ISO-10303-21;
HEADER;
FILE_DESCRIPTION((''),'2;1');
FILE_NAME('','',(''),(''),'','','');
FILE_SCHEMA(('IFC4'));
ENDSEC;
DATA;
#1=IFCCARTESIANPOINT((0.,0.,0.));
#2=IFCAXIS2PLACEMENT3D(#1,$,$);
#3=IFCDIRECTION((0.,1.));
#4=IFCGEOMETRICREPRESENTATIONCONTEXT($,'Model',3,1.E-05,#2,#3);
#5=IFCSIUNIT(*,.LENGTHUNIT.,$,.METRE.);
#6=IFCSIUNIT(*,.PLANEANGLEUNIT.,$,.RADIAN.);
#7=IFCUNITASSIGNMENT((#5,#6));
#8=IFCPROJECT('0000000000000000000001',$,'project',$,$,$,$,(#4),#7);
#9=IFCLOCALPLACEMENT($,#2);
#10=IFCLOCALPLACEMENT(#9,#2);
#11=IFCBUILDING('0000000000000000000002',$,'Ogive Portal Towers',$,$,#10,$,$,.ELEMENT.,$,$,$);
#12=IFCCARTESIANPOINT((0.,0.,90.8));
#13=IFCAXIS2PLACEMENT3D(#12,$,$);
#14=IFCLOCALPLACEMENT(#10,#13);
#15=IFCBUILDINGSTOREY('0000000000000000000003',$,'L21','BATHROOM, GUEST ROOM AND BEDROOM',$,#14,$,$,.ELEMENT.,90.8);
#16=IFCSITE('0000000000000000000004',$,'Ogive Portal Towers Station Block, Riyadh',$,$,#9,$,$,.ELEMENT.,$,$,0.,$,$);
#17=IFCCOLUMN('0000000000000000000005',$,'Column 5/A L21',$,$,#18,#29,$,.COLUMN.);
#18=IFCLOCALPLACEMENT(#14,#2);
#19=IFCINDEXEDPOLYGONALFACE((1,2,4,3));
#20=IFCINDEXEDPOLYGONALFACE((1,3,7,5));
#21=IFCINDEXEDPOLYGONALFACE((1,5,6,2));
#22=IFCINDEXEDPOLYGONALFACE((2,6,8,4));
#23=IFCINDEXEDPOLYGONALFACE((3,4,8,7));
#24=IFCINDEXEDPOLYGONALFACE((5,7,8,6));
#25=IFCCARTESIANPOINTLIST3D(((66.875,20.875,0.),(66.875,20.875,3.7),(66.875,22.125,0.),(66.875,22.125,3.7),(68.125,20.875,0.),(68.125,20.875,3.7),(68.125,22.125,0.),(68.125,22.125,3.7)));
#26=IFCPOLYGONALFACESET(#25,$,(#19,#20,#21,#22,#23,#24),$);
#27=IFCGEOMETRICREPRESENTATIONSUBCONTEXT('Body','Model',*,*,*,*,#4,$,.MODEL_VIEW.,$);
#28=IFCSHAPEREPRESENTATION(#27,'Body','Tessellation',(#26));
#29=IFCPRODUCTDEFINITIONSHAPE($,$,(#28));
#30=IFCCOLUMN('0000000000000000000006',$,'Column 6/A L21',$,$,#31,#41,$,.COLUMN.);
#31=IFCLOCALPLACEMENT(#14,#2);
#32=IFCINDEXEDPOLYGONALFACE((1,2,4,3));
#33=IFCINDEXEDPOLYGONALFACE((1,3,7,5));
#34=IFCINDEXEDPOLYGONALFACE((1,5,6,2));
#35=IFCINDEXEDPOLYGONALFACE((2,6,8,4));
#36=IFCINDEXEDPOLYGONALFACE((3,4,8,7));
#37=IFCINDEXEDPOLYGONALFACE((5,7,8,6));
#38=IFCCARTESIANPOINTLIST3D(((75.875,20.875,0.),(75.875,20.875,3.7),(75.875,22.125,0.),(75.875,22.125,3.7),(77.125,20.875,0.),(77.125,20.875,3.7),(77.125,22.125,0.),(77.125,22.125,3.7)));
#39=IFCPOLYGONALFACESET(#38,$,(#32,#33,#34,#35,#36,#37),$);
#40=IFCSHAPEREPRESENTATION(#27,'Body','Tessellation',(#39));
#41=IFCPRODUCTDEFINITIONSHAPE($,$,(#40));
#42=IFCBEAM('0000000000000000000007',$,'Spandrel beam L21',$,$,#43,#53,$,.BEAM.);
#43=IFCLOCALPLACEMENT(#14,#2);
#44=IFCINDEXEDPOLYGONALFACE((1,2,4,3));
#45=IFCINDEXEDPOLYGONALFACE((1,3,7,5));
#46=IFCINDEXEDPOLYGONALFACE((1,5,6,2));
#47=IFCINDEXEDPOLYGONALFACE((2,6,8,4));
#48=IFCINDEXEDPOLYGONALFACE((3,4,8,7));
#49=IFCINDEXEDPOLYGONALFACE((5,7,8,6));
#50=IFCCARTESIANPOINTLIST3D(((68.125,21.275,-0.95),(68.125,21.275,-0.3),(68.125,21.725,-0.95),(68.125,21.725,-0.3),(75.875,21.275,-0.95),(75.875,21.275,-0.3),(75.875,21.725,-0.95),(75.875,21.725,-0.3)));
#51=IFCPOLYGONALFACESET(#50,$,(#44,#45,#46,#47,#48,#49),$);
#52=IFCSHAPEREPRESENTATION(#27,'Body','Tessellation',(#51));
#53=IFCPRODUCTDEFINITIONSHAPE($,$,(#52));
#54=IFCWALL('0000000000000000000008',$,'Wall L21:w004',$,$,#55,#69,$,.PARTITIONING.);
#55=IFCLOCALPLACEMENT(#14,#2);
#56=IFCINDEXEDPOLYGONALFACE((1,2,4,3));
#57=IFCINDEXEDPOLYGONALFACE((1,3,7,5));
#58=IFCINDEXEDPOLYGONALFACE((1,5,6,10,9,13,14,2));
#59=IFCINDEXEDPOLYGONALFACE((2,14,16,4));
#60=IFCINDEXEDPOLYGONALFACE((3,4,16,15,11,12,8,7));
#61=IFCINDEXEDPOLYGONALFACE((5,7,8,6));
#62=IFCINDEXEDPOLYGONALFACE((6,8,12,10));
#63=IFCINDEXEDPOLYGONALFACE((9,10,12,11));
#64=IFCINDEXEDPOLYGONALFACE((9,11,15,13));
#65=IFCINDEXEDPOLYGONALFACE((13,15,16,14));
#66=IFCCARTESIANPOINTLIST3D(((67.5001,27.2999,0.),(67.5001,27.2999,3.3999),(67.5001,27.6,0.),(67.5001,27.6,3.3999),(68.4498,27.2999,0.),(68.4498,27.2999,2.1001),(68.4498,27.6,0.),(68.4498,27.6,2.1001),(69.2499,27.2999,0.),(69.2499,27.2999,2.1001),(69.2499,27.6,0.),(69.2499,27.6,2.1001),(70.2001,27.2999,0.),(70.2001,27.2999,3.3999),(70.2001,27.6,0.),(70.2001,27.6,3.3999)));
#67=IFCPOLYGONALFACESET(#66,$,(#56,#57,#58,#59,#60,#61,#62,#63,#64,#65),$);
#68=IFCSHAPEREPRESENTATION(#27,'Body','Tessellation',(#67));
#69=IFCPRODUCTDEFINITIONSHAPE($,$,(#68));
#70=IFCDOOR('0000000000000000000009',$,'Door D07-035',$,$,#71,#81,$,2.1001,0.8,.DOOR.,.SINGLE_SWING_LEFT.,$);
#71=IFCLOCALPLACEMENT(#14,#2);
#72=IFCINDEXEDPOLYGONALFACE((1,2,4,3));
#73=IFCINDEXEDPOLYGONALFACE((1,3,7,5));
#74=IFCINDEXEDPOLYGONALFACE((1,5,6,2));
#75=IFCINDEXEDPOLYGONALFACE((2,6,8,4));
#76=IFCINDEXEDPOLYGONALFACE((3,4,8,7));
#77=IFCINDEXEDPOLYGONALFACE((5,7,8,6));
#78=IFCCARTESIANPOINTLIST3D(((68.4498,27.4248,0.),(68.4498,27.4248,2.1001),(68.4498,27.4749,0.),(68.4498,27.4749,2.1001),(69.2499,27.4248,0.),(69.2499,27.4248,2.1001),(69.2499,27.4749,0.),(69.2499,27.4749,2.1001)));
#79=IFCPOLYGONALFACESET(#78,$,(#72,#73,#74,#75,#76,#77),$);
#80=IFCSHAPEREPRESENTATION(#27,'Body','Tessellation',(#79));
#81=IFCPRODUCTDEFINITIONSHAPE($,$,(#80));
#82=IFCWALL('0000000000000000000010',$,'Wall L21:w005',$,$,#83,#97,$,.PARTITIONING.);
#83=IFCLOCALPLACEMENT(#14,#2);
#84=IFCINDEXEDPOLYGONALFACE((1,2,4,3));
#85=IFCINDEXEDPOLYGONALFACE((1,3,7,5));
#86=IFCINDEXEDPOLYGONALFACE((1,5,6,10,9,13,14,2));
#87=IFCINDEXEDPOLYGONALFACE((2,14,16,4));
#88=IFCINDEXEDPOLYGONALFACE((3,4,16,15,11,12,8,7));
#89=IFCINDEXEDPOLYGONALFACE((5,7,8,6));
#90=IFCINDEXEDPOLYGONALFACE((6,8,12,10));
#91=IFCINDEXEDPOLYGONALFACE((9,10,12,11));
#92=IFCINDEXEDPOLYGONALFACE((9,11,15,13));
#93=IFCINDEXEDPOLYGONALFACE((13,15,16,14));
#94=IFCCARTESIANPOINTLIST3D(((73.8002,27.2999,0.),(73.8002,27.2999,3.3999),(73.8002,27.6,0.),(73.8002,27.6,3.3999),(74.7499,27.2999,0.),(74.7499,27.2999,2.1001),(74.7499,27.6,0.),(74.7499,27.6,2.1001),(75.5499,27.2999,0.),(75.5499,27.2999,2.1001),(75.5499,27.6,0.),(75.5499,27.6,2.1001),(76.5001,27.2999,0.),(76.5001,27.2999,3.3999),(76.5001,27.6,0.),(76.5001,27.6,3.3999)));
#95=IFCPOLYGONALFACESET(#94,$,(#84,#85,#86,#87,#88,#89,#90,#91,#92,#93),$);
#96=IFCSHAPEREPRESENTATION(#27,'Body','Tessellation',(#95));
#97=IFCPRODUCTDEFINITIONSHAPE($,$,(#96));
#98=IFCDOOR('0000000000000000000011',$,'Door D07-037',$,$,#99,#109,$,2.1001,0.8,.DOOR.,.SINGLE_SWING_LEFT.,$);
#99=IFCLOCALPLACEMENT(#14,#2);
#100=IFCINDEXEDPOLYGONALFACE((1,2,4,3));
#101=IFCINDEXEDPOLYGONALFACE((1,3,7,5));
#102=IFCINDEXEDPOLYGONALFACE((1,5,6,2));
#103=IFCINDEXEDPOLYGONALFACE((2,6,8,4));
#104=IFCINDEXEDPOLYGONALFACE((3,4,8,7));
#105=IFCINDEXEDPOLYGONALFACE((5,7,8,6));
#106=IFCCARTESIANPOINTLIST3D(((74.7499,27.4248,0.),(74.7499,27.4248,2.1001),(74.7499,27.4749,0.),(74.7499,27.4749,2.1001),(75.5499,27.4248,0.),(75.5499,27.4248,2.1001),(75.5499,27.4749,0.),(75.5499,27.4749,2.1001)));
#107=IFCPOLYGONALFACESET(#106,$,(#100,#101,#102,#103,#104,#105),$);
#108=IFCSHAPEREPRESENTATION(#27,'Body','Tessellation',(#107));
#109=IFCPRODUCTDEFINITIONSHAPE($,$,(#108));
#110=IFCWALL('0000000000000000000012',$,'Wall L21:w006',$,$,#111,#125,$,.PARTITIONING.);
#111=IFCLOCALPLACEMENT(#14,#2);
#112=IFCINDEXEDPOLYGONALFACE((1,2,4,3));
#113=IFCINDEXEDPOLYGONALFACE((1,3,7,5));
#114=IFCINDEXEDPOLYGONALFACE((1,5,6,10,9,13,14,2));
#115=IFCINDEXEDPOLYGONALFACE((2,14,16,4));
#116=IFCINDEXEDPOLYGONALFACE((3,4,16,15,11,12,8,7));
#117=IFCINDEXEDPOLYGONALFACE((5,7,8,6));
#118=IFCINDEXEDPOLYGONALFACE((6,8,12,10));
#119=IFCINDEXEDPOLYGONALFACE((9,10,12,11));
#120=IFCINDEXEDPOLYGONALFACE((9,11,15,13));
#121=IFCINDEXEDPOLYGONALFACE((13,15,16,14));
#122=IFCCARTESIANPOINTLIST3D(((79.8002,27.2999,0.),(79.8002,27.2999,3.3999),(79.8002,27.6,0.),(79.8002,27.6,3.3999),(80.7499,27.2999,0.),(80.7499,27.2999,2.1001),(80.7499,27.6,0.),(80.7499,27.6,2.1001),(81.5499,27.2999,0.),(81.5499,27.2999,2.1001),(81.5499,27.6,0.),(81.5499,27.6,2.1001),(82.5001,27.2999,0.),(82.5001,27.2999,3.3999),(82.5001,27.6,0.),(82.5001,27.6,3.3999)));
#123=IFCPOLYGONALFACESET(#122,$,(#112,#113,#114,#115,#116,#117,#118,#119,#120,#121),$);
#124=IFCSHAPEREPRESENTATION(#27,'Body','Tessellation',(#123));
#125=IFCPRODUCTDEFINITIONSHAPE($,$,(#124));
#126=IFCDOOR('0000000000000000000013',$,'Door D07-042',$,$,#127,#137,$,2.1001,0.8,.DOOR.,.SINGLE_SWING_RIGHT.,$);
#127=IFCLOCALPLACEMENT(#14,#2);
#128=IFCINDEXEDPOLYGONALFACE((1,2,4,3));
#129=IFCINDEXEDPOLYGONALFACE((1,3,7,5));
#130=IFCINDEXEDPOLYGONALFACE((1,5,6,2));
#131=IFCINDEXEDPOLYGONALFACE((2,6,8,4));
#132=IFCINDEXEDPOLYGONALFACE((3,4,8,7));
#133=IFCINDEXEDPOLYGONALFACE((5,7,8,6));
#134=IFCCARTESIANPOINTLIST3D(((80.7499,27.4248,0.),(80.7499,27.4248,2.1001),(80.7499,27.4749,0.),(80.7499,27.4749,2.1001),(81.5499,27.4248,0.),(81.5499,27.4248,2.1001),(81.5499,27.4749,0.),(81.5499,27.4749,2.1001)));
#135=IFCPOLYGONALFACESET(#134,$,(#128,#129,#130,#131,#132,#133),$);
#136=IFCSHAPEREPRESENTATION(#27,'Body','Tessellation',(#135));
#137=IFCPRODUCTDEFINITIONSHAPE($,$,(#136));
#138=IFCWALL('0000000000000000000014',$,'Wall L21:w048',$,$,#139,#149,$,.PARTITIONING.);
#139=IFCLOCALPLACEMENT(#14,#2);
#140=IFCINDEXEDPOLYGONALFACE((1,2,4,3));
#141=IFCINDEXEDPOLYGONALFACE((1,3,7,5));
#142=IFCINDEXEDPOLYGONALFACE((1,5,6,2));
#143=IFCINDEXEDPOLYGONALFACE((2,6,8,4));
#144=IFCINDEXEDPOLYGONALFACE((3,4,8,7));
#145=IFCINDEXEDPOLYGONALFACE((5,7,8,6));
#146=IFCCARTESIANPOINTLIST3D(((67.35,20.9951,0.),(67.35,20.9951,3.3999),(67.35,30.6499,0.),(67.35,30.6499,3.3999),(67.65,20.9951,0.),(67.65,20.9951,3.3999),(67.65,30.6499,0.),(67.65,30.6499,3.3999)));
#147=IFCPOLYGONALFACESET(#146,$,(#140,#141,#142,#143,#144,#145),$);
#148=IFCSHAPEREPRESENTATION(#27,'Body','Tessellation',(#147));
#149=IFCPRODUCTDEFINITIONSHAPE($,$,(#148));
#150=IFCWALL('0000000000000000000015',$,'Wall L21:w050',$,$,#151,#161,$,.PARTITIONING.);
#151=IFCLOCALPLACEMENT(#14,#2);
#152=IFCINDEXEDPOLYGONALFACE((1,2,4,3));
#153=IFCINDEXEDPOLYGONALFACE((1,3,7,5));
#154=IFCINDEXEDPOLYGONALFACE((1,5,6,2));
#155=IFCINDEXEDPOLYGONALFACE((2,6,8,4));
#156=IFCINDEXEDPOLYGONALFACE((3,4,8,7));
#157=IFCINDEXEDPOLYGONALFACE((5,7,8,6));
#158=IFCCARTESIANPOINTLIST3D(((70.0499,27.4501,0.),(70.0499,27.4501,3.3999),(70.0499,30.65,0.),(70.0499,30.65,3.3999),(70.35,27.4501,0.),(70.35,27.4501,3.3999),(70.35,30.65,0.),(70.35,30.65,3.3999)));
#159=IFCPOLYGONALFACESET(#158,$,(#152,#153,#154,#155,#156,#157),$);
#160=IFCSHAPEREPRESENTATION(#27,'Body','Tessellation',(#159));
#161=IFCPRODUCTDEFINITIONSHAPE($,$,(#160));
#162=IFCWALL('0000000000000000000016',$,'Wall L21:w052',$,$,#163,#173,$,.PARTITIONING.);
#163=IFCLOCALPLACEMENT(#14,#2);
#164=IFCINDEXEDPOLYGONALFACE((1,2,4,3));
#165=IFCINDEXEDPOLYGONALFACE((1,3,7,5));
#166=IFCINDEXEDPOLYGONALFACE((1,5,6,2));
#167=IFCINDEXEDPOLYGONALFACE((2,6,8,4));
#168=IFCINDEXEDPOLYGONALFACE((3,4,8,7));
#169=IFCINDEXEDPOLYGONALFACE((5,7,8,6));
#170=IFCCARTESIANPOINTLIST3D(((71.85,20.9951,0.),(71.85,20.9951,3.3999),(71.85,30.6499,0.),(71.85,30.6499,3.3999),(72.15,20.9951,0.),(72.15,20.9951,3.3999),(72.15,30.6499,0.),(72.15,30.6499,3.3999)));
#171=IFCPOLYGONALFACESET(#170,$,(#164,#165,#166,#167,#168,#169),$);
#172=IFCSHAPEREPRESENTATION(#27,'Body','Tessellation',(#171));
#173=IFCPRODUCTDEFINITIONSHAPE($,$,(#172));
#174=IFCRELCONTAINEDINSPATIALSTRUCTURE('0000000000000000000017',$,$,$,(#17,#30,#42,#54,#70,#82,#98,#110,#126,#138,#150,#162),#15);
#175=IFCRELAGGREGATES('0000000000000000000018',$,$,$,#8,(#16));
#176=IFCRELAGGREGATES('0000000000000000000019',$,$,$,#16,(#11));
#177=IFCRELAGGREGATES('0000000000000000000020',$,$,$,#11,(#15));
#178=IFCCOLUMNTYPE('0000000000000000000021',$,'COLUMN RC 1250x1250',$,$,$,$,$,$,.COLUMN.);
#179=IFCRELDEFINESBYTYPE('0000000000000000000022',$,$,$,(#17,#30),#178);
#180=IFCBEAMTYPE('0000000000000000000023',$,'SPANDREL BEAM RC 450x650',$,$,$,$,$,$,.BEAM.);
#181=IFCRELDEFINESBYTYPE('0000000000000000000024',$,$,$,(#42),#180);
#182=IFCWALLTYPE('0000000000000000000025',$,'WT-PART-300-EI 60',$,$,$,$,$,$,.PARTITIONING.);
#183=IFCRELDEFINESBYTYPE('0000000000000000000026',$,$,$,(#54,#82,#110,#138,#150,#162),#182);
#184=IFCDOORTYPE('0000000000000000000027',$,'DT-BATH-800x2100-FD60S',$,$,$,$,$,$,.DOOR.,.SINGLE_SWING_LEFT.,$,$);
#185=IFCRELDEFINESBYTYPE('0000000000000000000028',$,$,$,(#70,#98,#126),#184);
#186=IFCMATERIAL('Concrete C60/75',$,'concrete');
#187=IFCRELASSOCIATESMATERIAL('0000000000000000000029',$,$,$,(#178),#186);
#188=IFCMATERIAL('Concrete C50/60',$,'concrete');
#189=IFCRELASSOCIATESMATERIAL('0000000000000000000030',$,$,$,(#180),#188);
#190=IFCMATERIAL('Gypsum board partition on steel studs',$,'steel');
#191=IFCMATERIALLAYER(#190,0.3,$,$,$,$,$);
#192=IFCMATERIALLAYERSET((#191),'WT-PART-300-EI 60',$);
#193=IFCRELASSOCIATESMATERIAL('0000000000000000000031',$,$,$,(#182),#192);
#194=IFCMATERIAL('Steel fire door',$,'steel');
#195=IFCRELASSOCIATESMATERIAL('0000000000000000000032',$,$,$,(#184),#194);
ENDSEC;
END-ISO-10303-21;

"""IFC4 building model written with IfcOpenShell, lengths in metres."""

from ifc_helpers import new_model, si_unit, direction, frame, frame_2d, origin, origin_2d, place, context, subcontext, project, spatial, rectangle, extrude, material, layer, layer_set, material_profile, profile_set, type_object, element, fill, save


model = new_model("IFC4")

# Units and contexts
model_context = context("Model", 3, precision=1e-05, world=origin(), true_north=direction((0.0, 1.0)))
body_context = subcontext(model_context, "Body", "Model", "MODEL_VIEW")
ifc_project = project(units=[si_unit("LENGTHUNIT", "METRE"), si_unit("PLANEANGLEUNIT", "RADIAN")], contexts=[model_context])

# Site, building, storey
site_placement = place(None, origin())
site = spatial("IfcSite", under=ifc_project, at=site_placement, Name="Ogive Portal Towers Station Block, Riyadh", CompositionType="ELEMENT", RefElevation=0.0)
building_placement = place(site_placement, origin())
building = spatial("IfcBuilding", under=site, at=building_placement, Name="Ogive Portal Towers", CompositionType="ELEMENT")
storey_placement = place(building_placement, frame((0.0, 0.0, 90.8)))
storey = spatial("IfcBuildingStorey", under=building, at=storey_placement, Name="L21", Description="BATHROOM, GUEST ROOM AND BEDROOM", CompositionType="ELEMENT", Elevation=90.8)

# Columns
ifc_material_1 = material(Name="Concrete C60/75", Category="concrete")
ifc_material_profile_1 = material_profile(ifc_material_1, rectangle(XDim=1.25, YDim=1.25, at=origin_2d()), Name="RC 1250x1250")
ifc_profile_set_1 = profile_set([ifc_material_profile_1], Name="Concrete C60/75")
column_type = type_object("IfcColumnType", Name="COLUMN RC 1250x1250", PredefinedType="COLUMN", material=ifc_profile_set_1)
for number, where, z_axis, x_axis, name in (
    (1, (67.5, 21.5, 0.0), (0.0, 0.0, 1.0), (1.0, 0.0, 0.0), "Column 5/A L21"),
    (2, (76.5, 21.5, 0.0), (0.0, 0.0, 1.0), (1.0, 0.0, 0.0), "Column 6/A L21"),
):
    element("IfcColumn", number, at=place(storey_placement, frame(where, z_axis=z_axis, x_axis=x_axis)), inside=storey, type_object=column_type, Name=name, PredefinedType="COLUMN", context=body_context, shape_type="SweptSolid", body=[
        extrude(rectangle(XDim=1.25, YDim=1.25, at=origin_2d()), origin(), (0.0, 0.0, 1.0), 3.7),
    ])

# Beam
ifc_material_2 = material(Name="Concrete C50/60", Category="concrete")
ifc_material_profile_2 = material_profile(ifc_material_2, rectangle(XDim=0.45, YDim=0.6499, at=origin_2d()), Name="RC 450x650")
ifc_profile_set_2 = profile_set([ifc_material_profile_2], Name="Concrete C50/60")
beam_type = type_object("IfcBeamType", Name="SPANDREL BEAM RC 450x650", PredefinedType="BEAM", material=ifc_profile_set_2)
beam_placement = place(storey_placement, frame((75.875, 21.5, -0.625), z_axis=(-1.0, 0.0, 0.0), x_axis=(0.0, -1.0, 0.0)))
element("IfcBeam", 3, at=beam_placement, inside=storey, type_object=beam_type, Name="Spandrel beam L21", PredefinedType="BEAM", context=body_context, shape_type="SweptSolid", body=[
    extrude(rectangle(XDim=0.45, YDim=0.6499, at=origin_2d()), origin(), (0.0, 0.0, 1.0), 7.75),
])

# Walls, openings, doors
ifc_material_3 = material(Name="Gypsum board partition on steel studs", Category="steel")
ifc_layer_1 = layer(ifc_material_3, 0.3)
ifc_layer_set_1 = layer_set([ifc_layer_1], Name="WT-PART-300-EI 60")
wall_type = type_object("IfcWallType", Name="WT-PART-300-EI 60", PredefinedType="PARTITIONING", material=ifc_layer_set_1)
wall_1_placement = place(storey_placement, frame((67.5, 27.45, 0.0), z_axis=(0.0, 0.0, 1.0), x_axis=(1.0, 0.0, 0.0)))
wall_1 = element("IfcWall", 4, at=wall_1_placement, inside=storey, type_object=wall_type, Name="Wall L21:w004", PredefinedType="PARTITIONING", context=body_context, shape_type="SweptSolid", body=[
    extrude(rectangle(XDim=2.7, YDim=0.3, at=frame_2d((1.3501, 0.0))), origin(), (0.0, 0.0, 1.0), 3.3999),
])
opening_1_placement = place(wall_1_placement, frame((0.95, 0.0, 0.0)))
opening_1 = element("IfcOpeningElement", 5, at=opening_1_placement, cuts=wall_1, PredefinedType="OPENING", context=body_context, shape_type="SweptSolid", body=[
    extrude(rectangle(XDim=0.8, YDim=2.1001, at=frame_2d((0.3999, 1.05))), frame((0.0, 0.1602, 0.0), z_axis=(0.0, -1.0, 0.0), x_axis=(1.0, 0.0, 0.0)), (0.0, 0.0, 1.0), 0.3201),
])
ifc_material_4 = material(Name="Steel fire door", Category="steel")
door_type = type_object("IfcDoorType", Name="DT-BATH-800x2100-FD60S", OperationType="SINGLE_SWING_LEFT", PredefinedType="DOOR", material=ifc_material_4)
door_1_placement = place(opening_1_placement, origin())
door_1 = element("IfcDoor", 6, at=door_1_placement, inside=storey, type_object=door_type, Name="Door D07-035", OperationType="SINGLE_SWING_LEFT", OverallHeight=2.1001, OverallWidth=0.8, PredefinedType="DOOR", context=body_context, shape_type="SweptSolid", body=[
    extrude(rectangle(XDim=0.8, YDim=2.1001, at=frame_2d((0.3999, 1.05))), frame((0.0, 0.0249, 0.0), z_axis=(0.0, -1.0, 0.0), x_axis=(1.0, 0.0, 0.0)), (0.0, 0.0, 1.0), 0.05),
])
fill(opening_1, door_1)
wall_2_placement = place(storey_placement, frame((73.8, 27.45, 0.0), z_axis=(0.0, 0.0, 1.0), x_axis=(1.0, 0.0, 0.0)))
wall_2 = element("IfcWall", 7, at=wall_2_placement, inside=storey, type_object=wall_type, Name="Wall L21:w005", PredefinedType="PARTITIONING", context=body_context, shape_type="SweptSolid", body=[
    extrude(rectangle(XDim=2.7, YDim=0.3, at=frame_2d((1.3501, 0.0))), origin(), (0.0, 0.0, 1.0), 3.3999),
])
opening_2_placement = place(wall_2_placement, frame((0.95, 0.0, 0.0)))
opening_2 = element("IfcOpeningElement", 8, at=opening_2_placement, cuts=wall_2, PredefinedType="OPENING", context=body_context, shape_type="SweptSolid", body=[
    extrude(rectangle(XDim=0.8, YDim=2.1001, at=frame_2d((0.3999, 1.05))), frame((0.0, 0.1602, 0.0), z_axis=(0.0, -1.0, 0.0), x_axis=(1.0, 0.0, 0.0)), (0.0, 0.0, 1.0), 0.3201),
])
door_2_placement = place(opening_2_placement, origin())
door_2 = element("IfcDoor", 9, at=door_2_placement, inside=storey, type_object=door_type, Name="Door D07-037", OperationType="SINGLE_SWING_LEFT", OverallHeight=2.1001, OverallWidth=0.8, PredefinedType="DOOR", context=body_context, shape_type="SweptSolid", body=[
    extrude(rectangle(XDim=0.8, YDim=2.1001, at=frame_2d((0.3999, 1.05))), frame((0.0, 0.0249, 0.0), z_axis=(0.0, -1.0, 0.0), x_axis=(1.0, 0.0, 0.0)), (0.0, 0.0, 1.0), 0.05),
])
fill(opening_2, door_2)
wall_3_placement = place(storey_placement, frame((79.8, 27.45, 0.0), z_axis=(0.0, 0.0, 1.0), x_axis=(1.0, 0.0, 0.0)))
wall_3 = element("IfcWall", 10, at=wall_3_placement, inside=storey, type_object=wall_type, Name="Wall L21:w006", PredefinedType="PARTITIONING", context=body_context, shape_type="SweptSolid", body=[
    extrude(rectangle(XDim=2.7, YDim=0.3, at=frame_2d((1.3501, 0.0))), origin(), (0.0, 0.0, 1.0), 3.3999),
])
opening_3_placement = place(wall_3_placement, frame((0.95, 0.0, 0.0)))
opening_3 = element("IfcOpeningElement", 11, at=opening_3_placement, cuts=wall_3, PredefinedType="OPENING", context=body_context, shape_type="SweptSolid", body=[
    extrude(rectangle(XDim=0.8, YDim=2.1001, at=frame_2d((0.3999, 1.05))), frame((0.0, 0.1602, 0.0), z_axis=(0.0, -1.0, 0.0), x_axis=(1.0, 0.0, 0.0)), (0.0, 0.0, 1.0), 0.3201),
])
door_3_placement = place(opening_3_placement, origin())
door_3 = element("IfcDoor", 12, at=door_3_placement, inside=storey, type_object=door_type, Name="Door D07-042", OperationType="SINGLE_SWING_RIGHT", OverallHeight=2.1001, OverallWidth=0.8, PredefinedType="DOOR", context=body_context, shape_type="SweptSolid", body=[
    extrude(rectangle(XDim=0.8, YDim=2.1001, at=frame_2d((0.3999, 1.05))), frame((0.0, 0.0249, 0.0), z_axis=(0.0, -1.0, 0.0), x_axis=(1.0, 0.0, 0.0)), (0.0, 0.0, 1.0), 0.05),
])
fill(opening_3, door_3)

# Walls
wall_4_placement = place(storey_placement, frame((67.5, 20.9951, 0.0), z_axis=(0.0, 0.0, 1.0), x_axis=(0.0, 1.0, 0.0)))
element("IfcWall", 13, at=wall_4_placement, inside=storey, type_object=wall_type, Name="Wall L21:w048", PredefinedType="PARTITIONING", context=body_context, shape_type="SweptSolid", body=[
    extrude(rectangle(XDim=9.6548, YDim=0.3, at=frame_2d((4.8274, 0.0))), origin(), (0.0, 0.0, 1.0), 3.3999),
])
wall_5_placement = place(storey_placement, frame((70.2, 27.45, 0.0), z_axis=(0.0, 0.0, 1.0), x_axis=(0.0, 1.0, 0.0)))
element("IfcWall", 14, at=wall_5_placement, inside=storey, type_object=wall_type, Name="Wall L21:w050", PredefinedType="PARTITIONING", context=body_context, shape_type="SweptSolid", body=[
    extrude(rectangle(XDim=3.2, YDim=0.3, at=frame_2d((1.6001, 0.0))), origin(), (0.0, 0.0, 1.0), 3.3999),
])
wall_6_placement = place(storey_placement, frame((72.0, 20.9951, 0.0), z_axis=(0.0, 0.0, 1.0), x_axis=(0.0, 1.0, 0.0)))
element("IfcWall", 15, at=wall_6_placement, inside=storey, type_object=wall_type, Name="Wall L21:w052", PredefinedType="PARTITIONING", context=body_context, shape_type="SweptSolid", body=[
    extrude(rectangle(XDim=9.6548, YDim=0.3, at=frame_2d((4.8274, 0.0))), origin(), (0.0, 0.0, 1.0), 3.3999),
])

save(model, "model.ifc")
